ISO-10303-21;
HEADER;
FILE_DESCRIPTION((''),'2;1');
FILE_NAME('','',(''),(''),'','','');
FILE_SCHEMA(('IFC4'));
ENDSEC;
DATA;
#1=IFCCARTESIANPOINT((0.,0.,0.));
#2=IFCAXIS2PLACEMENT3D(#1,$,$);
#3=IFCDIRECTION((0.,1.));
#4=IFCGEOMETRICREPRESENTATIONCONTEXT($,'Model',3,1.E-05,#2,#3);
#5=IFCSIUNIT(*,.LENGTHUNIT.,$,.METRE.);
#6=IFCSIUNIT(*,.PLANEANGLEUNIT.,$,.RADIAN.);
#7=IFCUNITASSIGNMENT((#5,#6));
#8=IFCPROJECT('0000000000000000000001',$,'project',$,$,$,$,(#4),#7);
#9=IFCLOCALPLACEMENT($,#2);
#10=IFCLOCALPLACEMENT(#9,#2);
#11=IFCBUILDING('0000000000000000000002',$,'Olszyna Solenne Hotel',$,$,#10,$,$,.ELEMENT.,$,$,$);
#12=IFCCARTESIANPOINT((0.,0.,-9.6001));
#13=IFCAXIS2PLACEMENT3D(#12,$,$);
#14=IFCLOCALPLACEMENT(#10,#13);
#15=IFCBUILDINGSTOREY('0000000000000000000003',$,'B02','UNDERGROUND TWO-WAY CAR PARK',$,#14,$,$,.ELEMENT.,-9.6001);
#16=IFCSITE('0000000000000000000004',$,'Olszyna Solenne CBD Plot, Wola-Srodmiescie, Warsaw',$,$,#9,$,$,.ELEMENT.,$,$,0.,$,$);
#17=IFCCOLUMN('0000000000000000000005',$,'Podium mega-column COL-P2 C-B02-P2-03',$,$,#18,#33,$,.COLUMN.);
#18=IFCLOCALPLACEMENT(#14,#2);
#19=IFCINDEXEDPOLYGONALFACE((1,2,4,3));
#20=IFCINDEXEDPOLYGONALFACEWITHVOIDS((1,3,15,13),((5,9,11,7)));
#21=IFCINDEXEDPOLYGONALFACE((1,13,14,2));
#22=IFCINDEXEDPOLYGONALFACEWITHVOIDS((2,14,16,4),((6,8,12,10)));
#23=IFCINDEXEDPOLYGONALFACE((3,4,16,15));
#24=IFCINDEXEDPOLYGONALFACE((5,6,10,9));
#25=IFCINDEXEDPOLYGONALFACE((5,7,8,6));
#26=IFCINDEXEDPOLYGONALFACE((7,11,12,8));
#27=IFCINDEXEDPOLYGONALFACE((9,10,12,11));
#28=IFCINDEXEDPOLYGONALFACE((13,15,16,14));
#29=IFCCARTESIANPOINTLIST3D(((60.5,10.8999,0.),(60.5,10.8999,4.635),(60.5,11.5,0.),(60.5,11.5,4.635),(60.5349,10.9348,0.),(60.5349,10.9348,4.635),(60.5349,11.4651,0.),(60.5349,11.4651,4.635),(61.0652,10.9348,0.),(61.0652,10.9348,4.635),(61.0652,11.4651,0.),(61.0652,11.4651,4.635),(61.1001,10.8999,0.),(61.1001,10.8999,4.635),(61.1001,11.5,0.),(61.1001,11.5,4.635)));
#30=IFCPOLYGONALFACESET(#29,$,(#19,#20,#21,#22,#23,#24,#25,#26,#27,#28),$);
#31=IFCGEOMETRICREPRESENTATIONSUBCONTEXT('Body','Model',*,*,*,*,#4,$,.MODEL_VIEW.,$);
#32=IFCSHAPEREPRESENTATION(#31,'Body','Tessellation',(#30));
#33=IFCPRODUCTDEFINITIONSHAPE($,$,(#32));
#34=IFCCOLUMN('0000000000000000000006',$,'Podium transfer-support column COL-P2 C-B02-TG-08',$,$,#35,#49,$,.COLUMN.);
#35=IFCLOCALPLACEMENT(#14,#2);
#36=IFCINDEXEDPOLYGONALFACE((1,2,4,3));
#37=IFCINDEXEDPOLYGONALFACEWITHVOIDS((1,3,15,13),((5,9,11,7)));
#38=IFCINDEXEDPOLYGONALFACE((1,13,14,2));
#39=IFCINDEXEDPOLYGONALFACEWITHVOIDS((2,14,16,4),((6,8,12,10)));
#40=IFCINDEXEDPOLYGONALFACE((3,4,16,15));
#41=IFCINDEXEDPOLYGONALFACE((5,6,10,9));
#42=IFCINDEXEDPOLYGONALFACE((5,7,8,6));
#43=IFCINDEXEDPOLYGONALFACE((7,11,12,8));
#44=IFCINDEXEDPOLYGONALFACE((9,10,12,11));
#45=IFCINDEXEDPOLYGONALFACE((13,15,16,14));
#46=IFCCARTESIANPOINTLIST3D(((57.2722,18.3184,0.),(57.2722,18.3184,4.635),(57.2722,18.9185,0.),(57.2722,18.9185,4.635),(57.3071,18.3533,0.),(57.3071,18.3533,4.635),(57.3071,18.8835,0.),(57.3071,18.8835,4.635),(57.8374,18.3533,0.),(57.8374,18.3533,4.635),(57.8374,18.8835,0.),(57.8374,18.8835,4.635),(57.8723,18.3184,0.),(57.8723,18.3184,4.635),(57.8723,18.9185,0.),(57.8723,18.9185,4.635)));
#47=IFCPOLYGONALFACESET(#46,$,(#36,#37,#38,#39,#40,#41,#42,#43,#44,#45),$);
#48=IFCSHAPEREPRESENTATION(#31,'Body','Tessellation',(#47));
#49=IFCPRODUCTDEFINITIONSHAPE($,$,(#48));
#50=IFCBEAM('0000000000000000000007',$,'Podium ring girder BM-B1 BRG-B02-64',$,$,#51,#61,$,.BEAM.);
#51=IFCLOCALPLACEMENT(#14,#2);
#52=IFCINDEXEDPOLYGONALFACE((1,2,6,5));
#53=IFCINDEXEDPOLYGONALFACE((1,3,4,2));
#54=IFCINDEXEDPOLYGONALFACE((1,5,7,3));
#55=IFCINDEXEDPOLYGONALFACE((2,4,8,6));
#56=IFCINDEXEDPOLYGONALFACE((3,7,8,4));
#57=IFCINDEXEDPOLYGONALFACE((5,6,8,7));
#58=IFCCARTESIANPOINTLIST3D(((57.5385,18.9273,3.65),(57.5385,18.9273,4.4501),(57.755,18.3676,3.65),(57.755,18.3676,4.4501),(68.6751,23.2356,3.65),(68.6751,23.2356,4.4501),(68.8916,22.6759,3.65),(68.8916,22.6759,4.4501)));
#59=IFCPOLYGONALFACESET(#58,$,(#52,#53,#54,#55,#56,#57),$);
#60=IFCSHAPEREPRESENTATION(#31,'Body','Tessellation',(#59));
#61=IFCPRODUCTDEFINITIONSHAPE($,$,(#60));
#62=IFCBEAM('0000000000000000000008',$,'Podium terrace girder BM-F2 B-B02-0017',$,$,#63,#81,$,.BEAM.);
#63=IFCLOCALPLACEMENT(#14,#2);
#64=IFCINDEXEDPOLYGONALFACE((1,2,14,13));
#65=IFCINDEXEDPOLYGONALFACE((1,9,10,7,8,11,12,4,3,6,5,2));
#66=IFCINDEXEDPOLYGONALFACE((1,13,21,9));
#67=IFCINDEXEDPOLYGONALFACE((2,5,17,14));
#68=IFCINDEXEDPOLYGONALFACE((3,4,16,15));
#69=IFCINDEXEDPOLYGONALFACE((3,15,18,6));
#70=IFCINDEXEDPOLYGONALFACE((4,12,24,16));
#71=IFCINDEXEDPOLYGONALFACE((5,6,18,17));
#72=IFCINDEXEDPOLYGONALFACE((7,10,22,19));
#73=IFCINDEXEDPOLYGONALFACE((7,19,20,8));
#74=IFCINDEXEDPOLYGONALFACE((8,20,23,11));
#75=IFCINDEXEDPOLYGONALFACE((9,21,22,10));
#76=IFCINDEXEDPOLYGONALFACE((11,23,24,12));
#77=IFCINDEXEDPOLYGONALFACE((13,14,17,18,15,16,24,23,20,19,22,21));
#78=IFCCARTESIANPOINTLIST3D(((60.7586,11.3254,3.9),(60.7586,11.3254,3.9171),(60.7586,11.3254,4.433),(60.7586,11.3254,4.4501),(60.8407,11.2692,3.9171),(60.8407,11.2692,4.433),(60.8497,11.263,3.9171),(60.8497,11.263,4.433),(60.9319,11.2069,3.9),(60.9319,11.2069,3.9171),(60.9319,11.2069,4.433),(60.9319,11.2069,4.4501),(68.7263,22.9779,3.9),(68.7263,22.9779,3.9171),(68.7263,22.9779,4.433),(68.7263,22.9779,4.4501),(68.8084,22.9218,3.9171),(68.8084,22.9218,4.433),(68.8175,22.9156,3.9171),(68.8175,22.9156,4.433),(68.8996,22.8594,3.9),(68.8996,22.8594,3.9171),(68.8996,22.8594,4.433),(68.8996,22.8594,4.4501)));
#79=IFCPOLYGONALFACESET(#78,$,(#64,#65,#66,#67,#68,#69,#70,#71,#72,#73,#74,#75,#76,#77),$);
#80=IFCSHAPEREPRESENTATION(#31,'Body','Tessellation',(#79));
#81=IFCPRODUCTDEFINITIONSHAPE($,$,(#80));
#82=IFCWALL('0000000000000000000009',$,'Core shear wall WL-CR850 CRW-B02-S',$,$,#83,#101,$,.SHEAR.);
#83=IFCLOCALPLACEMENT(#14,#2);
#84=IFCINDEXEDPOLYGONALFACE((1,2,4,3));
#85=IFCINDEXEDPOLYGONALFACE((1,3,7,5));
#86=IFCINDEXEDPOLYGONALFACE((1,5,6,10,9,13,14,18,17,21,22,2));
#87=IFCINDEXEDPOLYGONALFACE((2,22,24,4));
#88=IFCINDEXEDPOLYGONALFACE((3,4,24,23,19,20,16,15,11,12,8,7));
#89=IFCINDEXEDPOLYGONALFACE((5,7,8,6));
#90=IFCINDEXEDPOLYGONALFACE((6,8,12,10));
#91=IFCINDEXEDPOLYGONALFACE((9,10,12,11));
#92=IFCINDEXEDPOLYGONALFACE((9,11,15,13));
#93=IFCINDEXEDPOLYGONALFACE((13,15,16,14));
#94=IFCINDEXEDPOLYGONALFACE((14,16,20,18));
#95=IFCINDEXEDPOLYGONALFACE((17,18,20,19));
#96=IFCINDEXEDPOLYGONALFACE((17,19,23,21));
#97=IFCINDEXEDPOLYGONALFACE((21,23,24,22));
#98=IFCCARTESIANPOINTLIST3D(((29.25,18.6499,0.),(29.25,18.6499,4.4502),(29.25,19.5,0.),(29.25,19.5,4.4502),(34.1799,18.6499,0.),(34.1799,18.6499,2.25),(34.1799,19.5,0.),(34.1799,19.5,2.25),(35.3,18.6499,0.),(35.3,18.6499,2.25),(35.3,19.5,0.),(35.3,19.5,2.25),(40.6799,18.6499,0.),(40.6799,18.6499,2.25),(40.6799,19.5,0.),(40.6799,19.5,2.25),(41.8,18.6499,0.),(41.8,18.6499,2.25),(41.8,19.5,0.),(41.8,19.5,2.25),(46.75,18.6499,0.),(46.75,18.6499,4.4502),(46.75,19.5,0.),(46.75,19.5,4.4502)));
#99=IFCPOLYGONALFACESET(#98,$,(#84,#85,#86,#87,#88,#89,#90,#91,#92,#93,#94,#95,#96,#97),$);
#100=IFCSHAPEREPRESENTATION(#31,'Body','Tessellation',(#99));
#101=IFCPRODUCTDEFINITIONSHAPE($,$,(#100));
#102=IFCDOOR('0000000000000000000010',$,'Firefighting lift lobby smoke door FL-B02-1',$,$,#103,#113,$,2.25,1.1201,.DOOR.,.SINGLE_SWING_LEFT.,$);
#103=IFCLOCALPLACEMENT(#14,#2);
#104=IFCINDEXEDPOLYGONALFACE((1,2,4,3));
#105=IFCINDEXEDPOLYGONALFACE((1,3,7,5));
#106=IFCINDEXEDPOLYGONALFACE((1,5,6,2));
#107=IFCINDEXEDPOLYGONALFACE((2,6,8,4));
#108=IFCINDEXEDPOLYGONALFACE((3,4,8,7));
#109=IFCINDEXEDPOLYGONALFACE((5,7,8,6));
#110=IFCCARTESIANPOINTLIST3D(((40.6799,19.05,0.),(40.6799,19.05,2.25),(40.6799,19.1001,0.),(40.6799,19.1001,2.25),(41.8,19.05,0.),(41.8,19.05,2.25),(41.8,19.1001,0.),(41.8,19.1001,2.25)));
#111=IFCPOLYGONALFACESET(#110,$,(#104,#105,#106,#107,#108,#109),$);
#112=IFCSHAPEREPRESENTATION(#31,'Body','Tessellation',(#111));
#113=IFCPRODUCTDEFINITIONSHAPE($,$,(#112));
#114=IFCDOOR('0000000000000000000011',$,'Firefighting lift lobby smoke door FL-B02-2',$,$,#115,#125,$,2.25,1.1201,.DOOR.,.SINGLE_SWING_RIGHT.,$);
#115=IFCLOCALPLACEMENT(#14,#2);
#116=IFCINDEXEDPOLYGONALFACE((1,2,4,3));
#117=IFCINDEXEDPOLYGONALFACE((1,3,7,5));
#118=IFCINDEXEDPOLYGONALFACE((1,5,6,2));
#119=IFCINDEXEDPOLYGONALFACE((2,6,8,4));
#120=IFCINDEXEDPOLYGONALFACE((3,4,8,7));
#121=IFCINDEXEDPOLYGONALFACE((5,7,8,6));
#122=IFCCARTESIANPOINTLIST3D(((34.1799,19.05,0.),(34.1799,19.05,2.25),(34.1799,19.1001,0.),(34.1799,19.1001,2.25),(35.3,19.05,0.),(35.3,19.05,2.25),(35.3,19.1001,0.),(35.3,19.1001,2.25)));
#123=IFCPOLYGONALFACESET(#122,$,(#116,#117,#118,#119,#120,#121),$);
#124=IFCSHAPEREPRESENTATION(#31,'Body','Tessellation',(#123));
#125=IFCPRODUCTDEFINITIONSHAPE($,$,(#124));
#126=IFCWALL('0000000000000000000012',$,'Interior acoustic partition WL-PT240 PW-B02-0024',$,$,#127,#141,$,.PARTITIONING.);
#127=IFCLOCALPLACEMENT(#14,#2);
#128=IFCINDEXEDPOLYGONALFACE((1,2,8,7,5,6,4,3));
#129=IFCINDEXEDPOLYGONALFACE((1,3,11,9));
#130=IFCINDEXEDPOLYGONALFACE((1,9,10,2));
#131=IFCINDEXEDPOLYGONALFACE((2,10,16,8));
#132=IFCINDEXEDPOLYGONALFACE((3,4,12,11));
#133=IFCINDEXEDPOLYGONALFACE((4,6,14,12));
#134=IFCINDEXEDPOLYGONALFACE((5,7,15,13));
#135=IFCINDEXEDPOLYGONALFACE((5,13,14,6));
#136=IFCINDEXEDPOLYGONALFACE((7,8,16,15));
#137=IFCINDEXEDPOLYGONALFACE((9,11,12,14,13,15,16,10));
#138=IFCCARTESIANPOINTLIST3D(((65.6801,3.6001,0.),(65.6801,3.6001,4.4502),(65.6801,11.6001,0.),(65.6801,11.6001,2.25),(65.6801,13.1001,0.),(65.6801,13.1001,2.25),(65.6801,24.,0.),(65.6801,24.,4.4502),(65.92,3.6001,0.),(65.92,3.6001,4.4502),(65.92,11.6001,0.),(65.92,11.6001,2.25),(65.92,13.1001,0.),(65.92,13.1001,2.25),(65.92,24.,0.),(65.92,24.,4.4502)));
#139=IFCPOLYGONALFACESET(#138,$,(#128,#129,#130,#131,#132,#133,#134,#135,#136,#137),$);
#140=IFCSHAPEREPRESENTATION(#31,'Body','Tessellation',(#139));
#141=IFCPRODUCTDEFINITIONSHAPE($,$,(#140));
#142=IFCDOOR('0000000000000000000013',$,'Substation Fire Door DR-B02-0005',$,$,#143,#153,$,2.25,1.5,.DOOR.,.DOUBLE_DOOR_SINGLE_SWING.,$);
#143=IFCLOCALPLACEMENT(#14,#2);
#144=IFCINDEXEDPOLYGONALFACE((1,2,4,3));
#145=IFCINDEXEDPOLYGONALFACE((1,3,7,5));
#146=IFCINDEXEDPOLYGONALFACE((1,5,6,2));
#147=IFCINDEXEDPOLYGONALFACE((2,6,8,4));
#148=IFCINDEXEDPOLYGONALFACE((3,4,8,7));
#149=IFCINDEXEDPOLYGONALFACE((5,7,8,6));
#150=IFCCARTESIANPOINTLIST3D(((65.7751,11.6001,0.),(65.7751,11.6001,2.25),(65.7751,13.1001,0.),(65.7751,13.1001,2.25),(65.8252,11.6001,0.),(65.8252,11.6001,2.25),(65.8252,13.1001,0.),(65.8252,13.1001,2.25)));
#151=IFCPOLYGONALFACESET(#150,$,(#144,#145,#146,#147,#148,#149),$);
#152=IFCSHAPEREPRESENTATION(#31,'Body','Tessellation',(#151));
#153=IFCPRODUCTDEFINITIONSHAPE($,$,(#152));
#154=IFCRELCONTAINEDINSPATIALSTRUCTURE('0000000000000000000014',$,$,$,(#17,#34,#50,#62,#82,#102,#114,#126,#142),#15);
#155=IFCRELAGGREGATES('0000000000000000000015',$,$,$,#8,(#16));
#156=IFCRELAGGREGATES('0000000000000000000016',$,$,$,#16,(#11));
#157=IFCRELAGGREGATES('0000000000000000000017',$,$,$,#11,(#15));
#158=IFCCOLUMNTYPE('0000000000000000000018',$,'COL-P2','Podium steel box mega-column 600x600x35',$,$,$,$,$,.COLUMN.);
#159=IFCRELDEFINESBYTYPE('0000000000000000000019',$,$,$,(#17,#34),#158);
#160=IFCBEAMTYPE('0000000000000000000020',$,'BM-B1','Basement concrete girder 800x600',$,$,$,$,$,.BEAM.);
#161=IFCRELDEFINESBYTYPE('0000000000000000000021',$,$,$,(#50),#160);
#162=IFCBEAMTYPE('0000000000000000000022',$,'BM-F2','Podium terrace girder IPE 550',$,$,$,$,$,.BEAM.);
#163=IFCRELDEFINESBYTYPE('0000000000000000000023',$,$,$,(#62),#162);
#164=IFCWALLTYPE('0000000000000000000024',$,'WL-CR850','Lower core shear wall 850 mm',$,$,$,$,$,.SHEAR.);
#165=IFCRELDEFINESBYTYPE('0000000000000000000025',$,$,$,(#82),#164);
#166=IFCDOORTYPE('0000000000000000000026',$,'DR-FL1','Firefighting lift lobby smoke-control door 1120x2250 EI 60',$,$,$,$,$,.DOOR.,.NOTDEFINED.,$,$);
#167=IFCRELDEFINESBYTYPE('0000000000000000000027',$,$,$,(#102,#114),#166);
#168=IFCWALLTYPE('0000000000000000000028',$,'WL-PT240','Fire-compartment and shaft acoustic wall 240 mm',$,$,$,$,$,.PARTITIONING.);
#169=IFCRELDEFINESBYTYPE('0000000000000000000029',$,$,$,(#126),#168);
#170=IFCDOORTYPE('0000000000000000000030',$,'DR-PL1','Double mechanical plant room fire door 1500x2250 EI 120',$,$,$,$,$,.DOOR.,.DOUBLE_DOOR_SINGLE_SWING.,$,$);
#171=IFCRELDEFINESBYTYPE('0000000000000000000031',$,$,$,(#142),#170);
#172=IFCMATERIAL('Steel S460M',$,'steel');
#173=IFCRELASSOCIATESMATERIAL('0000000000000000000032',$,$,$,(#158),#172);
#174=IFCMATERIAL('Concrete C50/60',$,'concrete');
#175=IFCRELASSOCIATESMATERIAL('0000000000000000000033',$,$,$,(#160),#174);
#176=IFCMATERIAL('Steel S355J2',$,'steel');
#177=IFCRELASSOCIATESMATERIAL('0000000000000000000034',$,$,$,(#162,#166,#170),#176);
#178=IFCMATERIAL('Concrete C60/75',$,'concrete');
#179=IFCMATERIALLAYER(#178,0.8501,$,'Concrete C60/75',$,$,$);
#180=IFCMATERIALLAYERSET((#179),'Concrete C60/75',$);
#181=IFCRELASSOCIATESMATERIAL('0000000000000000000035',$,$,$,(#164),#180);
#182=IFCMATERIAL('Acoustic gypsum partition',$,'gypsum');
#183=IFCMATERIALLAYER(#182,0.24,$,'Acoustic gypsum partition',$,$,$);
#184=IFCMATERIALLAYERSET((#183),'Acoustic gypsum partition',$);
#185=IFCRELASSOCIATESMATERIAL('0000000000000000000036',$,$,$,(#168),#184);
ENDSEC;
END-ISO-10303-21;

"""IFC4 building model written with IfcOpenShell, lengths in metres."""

from ifc_helpers import new_model, si_unit, direction, frame, frame_2d, origin, origin_2d, place, context, subcontext, project, spatial, rectangle, hollow_rectangle, i_section, extrude, source, transform, mapped, material, layer, layer_set, material_profile, profile_set, type_object, type_shapes, element, fill, save


model = new_model("IFC4")

# Units and contexts
model_context = context("Model", 3, precision=1e-05, world=origin(), true_north=direction((0.0, 1.0)))
body_context = subcontext(model_context, "Body", "Model", "MODEL_VIEW")
ifc_project = project(units=[si_unit("LENGTHUNIT", "METRE"), si_unit("PLANEANGLEUNIT", "RADIAN")], contexts=[model_context])

# Site, building, storey
site_placement = place(None, origin())
site = spatial("IfcSite", under=ifc_project, at=site_placement, Name="Olszyna Solenne CBD Plot, Wola-Srodmiescie, Warsaw", CompositionType="ELEMENT", RefElevation=0.0)
building_placement = place(site_placement, origin())
building = spatial("IfcBuilding", under=site, at=building_placement, Name="Olszyna Solenne Hotel", CompositionType="ELEMENT")
storey_placement = place(building_placement, frame((0.0, 0.0, -9.6001)))
storey = spatial("IfcBuildingStorey", under=building, at=storey_placement, Name="B02", Description="UNDERGROUND TWO-WAY CAR PARK", CompositionType="ELEMENT", Elevation=-9.6001)

# Columns
ifc_material_1 = material(Name="Steel S460M", Category="steel")
ifc_material_profile_1 = material_profile(ifc_material_1, hollow_rectangle(XDim=0.6001, YDim=0.6001, WallThickness=0.0349, at=origin_2d()), Name="SHS 600x600x35", Category="load-bearing")
ifc_profile_set_1 = profile_set([ifc_material_profile_1], Name="Steel S460M")
column_type = type_object("IfcColumnType", Name="COL-P2", Description="Podium steel box mega-column 600x600x35", PredefinedType="COLUMN", material=ifc_profile_set_1)
shared_shape_1 = source(origin(), body_context, "Body", "SweptSolid", [
    extrude(hollow_rectangle(XDim=0.6001, YDim=0.6001, WallThickness=0.0349, at=origin_2d()), origin(), (0.0, 0.0, 1.0), 4.635),
])
for number, where, z_axis, x_axis, name in (
    (1, (60.8, 11.2, 0.0), (0.0, 0.0, 1.0), (1.0, 0.0, 0.0), "Podium mega-column COL-P2 C-B02-P2-03"),
    (2, (57.5723, 18.6184, 0.0), (0.0, 0.0, 1.0), (1.0, 0.0, 0.0), "Podium transfer-support column COL-P2 C-B02-TG-08"),
):
    element("IfcColumn", number, at=place(storey_placement, frame(where, z_axis=z_axis, x_axis=x_axis)), inside=storey, type_object=column_type, Name=name, PredefinedType="COLUMN", context=body_context, shape_type="MappedRepresentation", body=[
        mapped(shared_shape_1, transform((0.0, 0.0, 0.0), x_axis=(1.0, 0.0, 0.0), y_axis=(0.0, 1.0, 0.0), z_axis=(0.0, 0.0, 1.0), scale=1.0)),
    ])

# Beams
ifc_material_2 = material(Name="Concrete C50/60", Category="concrete")
ifc_material_profile_2 = material_profile(ifc_material_2, rectangle(XDim=0.6001, YDim=0.8, at=origin_2d()), Name="RC 800x600", Category="load-bearing")
ifc_profile_set_2 = profile_set([ifc_material_profile_2], Name="Concrete C50/60")
beam_type_1 = type_object("IfcBeamType", Name="BM-B1", Description="Basement concrete girder 800x600", PredefinedType="BEAM", material=ifc_profile_set_2)
shared_shape_2 = source(origin(), body_context, "Body", "SweptSolid", [
    extrude(rectangle(XDim=0.6001, YDim=0.8, at=origin_2d()), origin(), (0.0, 0.0, 1.0), 11.9409),
])
beam_1_placement = place(storey_placement, frame((57.6467, 18.6475, 4.05), z_axis=(0.932642, 0.360802, 0.0), x_axis=(-0.360802, 0.932642, 0.0)))
element("IfcBeam", 3, at=beam_1_placement, inside=storey, type_object=beam_type_1, Name="Podium ring girder BM-B1 BRG-B02-64", PredefinedType="BEAM", context=body_context, shape_type="MappedRepresentation", body=[
    mapped(shared_shape_2, transform((0.0, 0.0, 0.0), x_axis=(1.0, 0.0, 0.0), y_axis=(0.0, 1.0, 0.0), z_axis=(0.0, 0.0, 1.0), scale=1.0)),
])
ifc_material_3 = material(Name="Steel S355J2", Category="steel")
ifc_material_profile_3 = material_profile(ifc_material_3, i_section(OverallWidth=0.21, OverallDepth=0.55, WebThickness=0.011, FlangeThickness=0.0171, at=origin_2d()), Name="IPE 550", Category="load-bearing")
ifc_profile_set_3 = profile_set([ifc_material_profile_3], Name="Steel S355J2")
beam_type_2 = type_object("IfcBeamType", Name="BM-F2", Description="Podium terrace girder IPE 550", PredefinedType="BEAM", material=ifc_profile_set_3)
shared_shape_3 = source(origin(), body_context, "Body", "SweptSolid", [
    extrude(i_section(OverallWidth=0.21, OverallDepth=0.55, WebThickness=0.011, FlangeThickness=0.0171, at=origin_2d()), origin(), (0.0, 0.0, 1.0), 14.1162),
])
beam_2_placement = place(storey_placement, frame((60.8452, 11.2661, 4.175), z_axis=(0.56444, 0.825474, 0.0), x_axis=(-0.825474, 0.56444, 0.0)))
element("IfcBeam", 4, at=beam_2_placement, inside=storey, type_object=beam_type_2, Name="Podium terrace girder BM-F2 B-B02-0017", PredefinedType="BEAM", context=body_context, shape_type="MappedRepresentation", body=[
    mapped(shared_shape_3, transform((0.0, 0.0, 0.0), x_axis=(1.0, 0.0, 0.0), y_axis=(0.0, 1.0, 0.0), z_axis=(0.0, 0.0, 1.0), scale=1.0)),
])

# Wall, openings, doors
ifc_material_4 = material(Name="Concrete C60/75", Category="concrete")
ifc_layer_1 = layer(ifc_material_4, 0.8501, Name="Concrete C60/75")
ifc_layer_set_1 = layer_set([ifc_layer_1], Name="Concrete C60/75")
wall_type_1 = type_object("IfcWallType", Name="WL-CR850", Description="Lower core shear wall 850 mm", PredefinedType="SHEAR", material=ifc_layer_set_1)
wall_1_placement = place(storey_placement, frame((46.75, 19.075, 0.0), z_axis=(0.0, 0.0, 1.0), x_axis=(-1.0, 0.0, 0.0)))
wall_1 = element("IfcWall", 5, at=wall_1_placement, inside=storey, type_object=wall_type_1, Name="Core shear wall WL-CR850 CRW-B02-S", PredefinedType="SHEAR", context=body_context, shape_type="SweptSolid", body=[
    extrude(rectangle(XDim=17.5, YDim=0.8501, at=frame_2d((8.75, 0.0))), origin(), (0.0, 0.0, 1.0), 4.4502),
])
opening_1_placement = place(wall_1_placement, frame((4.95, 0.0, 0.0)))
opening_1 = element("IfcOpeningElement", 6, at=opening_1_placement, cuts=wall_1, PredefinedType="OPENING", context=body_context, shape_type="SweptSolid", body=[
    extrude(rectangle(XDim=1.1201, YDim=2.25, at=frame_2d((0.5601, 1.125))), frame((0.0, 0.4351, 0.0), z_axis=(0.0, -1.0, 0.0), x_axis=(1.0, 0.0, 0.0)), (0.0, 0.0, 1.0), 0.8701),
])
opening_2_placement = place(wall_1_placement, frame((11.45, 0.0, 0.0)))
opening_2 = element("IfcOpeningElement", 7, at=opening_2_placement, cuts=wall_1, PredefinedType="OPENING", context=body_context, shape_type="SweptSolid", body=[
    extrude(rectangle(XDim=1.1201, YDim=2.25, at=frame_2d((0.5601, 1.125))), frame((0.0, 0.4351, 0.0), z_axis=(0.0, -1.0, 0.0), x_axis=(1.0, 0.0, 0.0)), (0.0, 0.0, 1.0), 0.8701),
])
door_type_1 = type_object("IfcDoorType", Name="DR-FL1", Description="Firefighting lift lobby smoke-control door 1120x2250 EI 60", OperationType="NOTDEFINED", PredefinedType="DOOR", material=ifc_material_3)
shared_shape_4 = source(origin(), body_context, "Body", "SweptSolid", [
    extrude(rectangle(XDim=1.1201, YDim=2.25, at=frame_2d((0.5601, 1.125))), frame((0.0, 0.0249, 0.0), z_axis=(0.0, -1.0, 0.0), x_axis=(1.0, 0.0, 0.0)), (0.0, 0.0, 1.0), 0.05),
])
type_shapes(door_type_1, [shared_shape_4])
door_1_placement = place(opening_1_placement, origin())
door_1 = element("IfcDoor", 8, at=door_1_placement, inside=storey, type_object=door_type_1, Name="Firefighting lift lobby smoke door FL-B02-1", OperationType="SINGLE_SWING_LEFT", OverallHeight=2.25, OverallWidth=1.1201, PredefinedType="DOOR", context=body_context, shape_type="MappedRepresentation", body=[
    mapped(shared_shape_4, transform((0.0, 0.0, 0.0), x_axis=(1.0, 0.0, 0.0), y_axis=(0.0, 1.0, 0.0), z_axis=(0.0, 0.0, 1.0), scale=1.0)),
])
fill(opening_1, door_1)
door_2_placement = place(opening_2_placement, origin())
door_2 = element("IfcDoor", 9, at=door_2_placement, inside=storey, type_object=door_type_1, Name="Firefighting lift lobby smoke door FL-B02-2", OperationType="SINGLE_SWING_RIGHT", OverallHeight=2.25, OverallWidth=1.1201, PredefinedType="DOOR", context=body_context, shape_type="MappedRepresentation", body=[
    mapped(shared_shape_4, transform((0.0, 0.0, 0.0), x_axis=(1.0, 0.0, 0.0), y_axis=(0.0, 1.0, 0.0), z_axis=(0.0, 0.0, 1.0), scale=1.0)),
])
fill(opening_2, door_2)

# Wall, opening, door
ifc_material_5 = material(Name="Acoustic gypsum partition", Category="gypsum")
ifc_layer_2 = layer(ifc_material_5, 0.24, Name="Acoustic gypsum partition")
ifc_layer_set_2 = layer_set([ifc_layer_2], Name="Acoustic gypsum partition")
wall_type_2 = type_object("IfcWallType", Name="WL-PT240", Description="Fire-compartment and shaft acoustic wall 240 mm", PredefinedType="PARTITIONING", material=ifc_layer_set_2)
wall_2_placement = place(storey_placement, frame((65.8, 3.6001, 0.0), z_axis=(0.0, 0.0, 1.0), x_axis=(0.0, 1.0, 0.0)))
wall_2 = element("IfcWall", 10, at=wall_2_placement, inside=storey, type_object=wall_type_2, Name="Interior acoustic partition WL-PT240 PW-B02-0024", PredefinedType="PARTITIONING", context=body_context, shape_type="SweptSolid", body=[
    extrude(rectangle(XDim=20.3999, YDim=0.24, at=frame_2d((10.2, 0.0))), origin(), (0.0, 0.0, 1.0), 4.4502),
])
opening_3_placement = place(wall_2_placement, frame((8.0, 0.0, 0.0)))
opening_3 = element("IfcOpeningElement", 11, at=opening_3_placement, cuts=wall_2, PredefinedType="OPENING", context=body_context, shape_type="SweptSolid", body=[
    extrude(rectangle(XDim=1.5, YDim=2.25, at=frame_2d((0.75, 1.125))), frame((0.0, 0.1299, 0.0), z_axis=(0.0, -1.0, 0.0), x_axis=(1.0, 0.0, 0.0)), (0.0, 0.0, 1.0), 0.26),
])
door_type_2 = type_object("IfcDoorType", Name="DR-PL1", Description="Double mechanical plant room fire door 1500x2250 EI 120", OperationType="DOUBLE_DOOR_SINGLE_SWING", PredefinedType="DOOR", material=ifc_material_3)
shared_shape_5 = source(origin(), body_context, "Body", "SweptSolid", [
    extrude(rectangle(XDim=1.5, YDim=2.25, at=frame_2d((0.75, 1.125))), frame((0.0, 0.0249, 0.0), z_axis=(0.0, -1.0, 0.0), x_axis=(1.0, 0.0, 0.0)), (0.0, 0.0, 1.0), 0.05),
])
type_shapes(door_type_2, [shared_shape_5])
door_3_placement = place(opening_3_placement, origin())
door_3 = element("IfcDoor", 12, at=door_3_placement, inside=storey, type_object=door_type_2, Name="Substation Fire Door DR-B02-0005", OperationType="DOUBLE_DOOR_SINGLE_SWING", OverallHeight=2.25, OverallWidth=1.5, PredefinedType="DOOR", context=body_context, shape_type="MappedRepresentation", body=[
    mapped(shared_shape_5, transform((0.0, 0.0, 0.0), x_axis=(1.0, 0.0, 0.0), y_axis=(0.0, 1.0, 0.0), z_axis=(0.0, 0.0, 1.0), scale=1.0)),
])
fill(opening_3, door_3)

save(model, "model.ifc")
